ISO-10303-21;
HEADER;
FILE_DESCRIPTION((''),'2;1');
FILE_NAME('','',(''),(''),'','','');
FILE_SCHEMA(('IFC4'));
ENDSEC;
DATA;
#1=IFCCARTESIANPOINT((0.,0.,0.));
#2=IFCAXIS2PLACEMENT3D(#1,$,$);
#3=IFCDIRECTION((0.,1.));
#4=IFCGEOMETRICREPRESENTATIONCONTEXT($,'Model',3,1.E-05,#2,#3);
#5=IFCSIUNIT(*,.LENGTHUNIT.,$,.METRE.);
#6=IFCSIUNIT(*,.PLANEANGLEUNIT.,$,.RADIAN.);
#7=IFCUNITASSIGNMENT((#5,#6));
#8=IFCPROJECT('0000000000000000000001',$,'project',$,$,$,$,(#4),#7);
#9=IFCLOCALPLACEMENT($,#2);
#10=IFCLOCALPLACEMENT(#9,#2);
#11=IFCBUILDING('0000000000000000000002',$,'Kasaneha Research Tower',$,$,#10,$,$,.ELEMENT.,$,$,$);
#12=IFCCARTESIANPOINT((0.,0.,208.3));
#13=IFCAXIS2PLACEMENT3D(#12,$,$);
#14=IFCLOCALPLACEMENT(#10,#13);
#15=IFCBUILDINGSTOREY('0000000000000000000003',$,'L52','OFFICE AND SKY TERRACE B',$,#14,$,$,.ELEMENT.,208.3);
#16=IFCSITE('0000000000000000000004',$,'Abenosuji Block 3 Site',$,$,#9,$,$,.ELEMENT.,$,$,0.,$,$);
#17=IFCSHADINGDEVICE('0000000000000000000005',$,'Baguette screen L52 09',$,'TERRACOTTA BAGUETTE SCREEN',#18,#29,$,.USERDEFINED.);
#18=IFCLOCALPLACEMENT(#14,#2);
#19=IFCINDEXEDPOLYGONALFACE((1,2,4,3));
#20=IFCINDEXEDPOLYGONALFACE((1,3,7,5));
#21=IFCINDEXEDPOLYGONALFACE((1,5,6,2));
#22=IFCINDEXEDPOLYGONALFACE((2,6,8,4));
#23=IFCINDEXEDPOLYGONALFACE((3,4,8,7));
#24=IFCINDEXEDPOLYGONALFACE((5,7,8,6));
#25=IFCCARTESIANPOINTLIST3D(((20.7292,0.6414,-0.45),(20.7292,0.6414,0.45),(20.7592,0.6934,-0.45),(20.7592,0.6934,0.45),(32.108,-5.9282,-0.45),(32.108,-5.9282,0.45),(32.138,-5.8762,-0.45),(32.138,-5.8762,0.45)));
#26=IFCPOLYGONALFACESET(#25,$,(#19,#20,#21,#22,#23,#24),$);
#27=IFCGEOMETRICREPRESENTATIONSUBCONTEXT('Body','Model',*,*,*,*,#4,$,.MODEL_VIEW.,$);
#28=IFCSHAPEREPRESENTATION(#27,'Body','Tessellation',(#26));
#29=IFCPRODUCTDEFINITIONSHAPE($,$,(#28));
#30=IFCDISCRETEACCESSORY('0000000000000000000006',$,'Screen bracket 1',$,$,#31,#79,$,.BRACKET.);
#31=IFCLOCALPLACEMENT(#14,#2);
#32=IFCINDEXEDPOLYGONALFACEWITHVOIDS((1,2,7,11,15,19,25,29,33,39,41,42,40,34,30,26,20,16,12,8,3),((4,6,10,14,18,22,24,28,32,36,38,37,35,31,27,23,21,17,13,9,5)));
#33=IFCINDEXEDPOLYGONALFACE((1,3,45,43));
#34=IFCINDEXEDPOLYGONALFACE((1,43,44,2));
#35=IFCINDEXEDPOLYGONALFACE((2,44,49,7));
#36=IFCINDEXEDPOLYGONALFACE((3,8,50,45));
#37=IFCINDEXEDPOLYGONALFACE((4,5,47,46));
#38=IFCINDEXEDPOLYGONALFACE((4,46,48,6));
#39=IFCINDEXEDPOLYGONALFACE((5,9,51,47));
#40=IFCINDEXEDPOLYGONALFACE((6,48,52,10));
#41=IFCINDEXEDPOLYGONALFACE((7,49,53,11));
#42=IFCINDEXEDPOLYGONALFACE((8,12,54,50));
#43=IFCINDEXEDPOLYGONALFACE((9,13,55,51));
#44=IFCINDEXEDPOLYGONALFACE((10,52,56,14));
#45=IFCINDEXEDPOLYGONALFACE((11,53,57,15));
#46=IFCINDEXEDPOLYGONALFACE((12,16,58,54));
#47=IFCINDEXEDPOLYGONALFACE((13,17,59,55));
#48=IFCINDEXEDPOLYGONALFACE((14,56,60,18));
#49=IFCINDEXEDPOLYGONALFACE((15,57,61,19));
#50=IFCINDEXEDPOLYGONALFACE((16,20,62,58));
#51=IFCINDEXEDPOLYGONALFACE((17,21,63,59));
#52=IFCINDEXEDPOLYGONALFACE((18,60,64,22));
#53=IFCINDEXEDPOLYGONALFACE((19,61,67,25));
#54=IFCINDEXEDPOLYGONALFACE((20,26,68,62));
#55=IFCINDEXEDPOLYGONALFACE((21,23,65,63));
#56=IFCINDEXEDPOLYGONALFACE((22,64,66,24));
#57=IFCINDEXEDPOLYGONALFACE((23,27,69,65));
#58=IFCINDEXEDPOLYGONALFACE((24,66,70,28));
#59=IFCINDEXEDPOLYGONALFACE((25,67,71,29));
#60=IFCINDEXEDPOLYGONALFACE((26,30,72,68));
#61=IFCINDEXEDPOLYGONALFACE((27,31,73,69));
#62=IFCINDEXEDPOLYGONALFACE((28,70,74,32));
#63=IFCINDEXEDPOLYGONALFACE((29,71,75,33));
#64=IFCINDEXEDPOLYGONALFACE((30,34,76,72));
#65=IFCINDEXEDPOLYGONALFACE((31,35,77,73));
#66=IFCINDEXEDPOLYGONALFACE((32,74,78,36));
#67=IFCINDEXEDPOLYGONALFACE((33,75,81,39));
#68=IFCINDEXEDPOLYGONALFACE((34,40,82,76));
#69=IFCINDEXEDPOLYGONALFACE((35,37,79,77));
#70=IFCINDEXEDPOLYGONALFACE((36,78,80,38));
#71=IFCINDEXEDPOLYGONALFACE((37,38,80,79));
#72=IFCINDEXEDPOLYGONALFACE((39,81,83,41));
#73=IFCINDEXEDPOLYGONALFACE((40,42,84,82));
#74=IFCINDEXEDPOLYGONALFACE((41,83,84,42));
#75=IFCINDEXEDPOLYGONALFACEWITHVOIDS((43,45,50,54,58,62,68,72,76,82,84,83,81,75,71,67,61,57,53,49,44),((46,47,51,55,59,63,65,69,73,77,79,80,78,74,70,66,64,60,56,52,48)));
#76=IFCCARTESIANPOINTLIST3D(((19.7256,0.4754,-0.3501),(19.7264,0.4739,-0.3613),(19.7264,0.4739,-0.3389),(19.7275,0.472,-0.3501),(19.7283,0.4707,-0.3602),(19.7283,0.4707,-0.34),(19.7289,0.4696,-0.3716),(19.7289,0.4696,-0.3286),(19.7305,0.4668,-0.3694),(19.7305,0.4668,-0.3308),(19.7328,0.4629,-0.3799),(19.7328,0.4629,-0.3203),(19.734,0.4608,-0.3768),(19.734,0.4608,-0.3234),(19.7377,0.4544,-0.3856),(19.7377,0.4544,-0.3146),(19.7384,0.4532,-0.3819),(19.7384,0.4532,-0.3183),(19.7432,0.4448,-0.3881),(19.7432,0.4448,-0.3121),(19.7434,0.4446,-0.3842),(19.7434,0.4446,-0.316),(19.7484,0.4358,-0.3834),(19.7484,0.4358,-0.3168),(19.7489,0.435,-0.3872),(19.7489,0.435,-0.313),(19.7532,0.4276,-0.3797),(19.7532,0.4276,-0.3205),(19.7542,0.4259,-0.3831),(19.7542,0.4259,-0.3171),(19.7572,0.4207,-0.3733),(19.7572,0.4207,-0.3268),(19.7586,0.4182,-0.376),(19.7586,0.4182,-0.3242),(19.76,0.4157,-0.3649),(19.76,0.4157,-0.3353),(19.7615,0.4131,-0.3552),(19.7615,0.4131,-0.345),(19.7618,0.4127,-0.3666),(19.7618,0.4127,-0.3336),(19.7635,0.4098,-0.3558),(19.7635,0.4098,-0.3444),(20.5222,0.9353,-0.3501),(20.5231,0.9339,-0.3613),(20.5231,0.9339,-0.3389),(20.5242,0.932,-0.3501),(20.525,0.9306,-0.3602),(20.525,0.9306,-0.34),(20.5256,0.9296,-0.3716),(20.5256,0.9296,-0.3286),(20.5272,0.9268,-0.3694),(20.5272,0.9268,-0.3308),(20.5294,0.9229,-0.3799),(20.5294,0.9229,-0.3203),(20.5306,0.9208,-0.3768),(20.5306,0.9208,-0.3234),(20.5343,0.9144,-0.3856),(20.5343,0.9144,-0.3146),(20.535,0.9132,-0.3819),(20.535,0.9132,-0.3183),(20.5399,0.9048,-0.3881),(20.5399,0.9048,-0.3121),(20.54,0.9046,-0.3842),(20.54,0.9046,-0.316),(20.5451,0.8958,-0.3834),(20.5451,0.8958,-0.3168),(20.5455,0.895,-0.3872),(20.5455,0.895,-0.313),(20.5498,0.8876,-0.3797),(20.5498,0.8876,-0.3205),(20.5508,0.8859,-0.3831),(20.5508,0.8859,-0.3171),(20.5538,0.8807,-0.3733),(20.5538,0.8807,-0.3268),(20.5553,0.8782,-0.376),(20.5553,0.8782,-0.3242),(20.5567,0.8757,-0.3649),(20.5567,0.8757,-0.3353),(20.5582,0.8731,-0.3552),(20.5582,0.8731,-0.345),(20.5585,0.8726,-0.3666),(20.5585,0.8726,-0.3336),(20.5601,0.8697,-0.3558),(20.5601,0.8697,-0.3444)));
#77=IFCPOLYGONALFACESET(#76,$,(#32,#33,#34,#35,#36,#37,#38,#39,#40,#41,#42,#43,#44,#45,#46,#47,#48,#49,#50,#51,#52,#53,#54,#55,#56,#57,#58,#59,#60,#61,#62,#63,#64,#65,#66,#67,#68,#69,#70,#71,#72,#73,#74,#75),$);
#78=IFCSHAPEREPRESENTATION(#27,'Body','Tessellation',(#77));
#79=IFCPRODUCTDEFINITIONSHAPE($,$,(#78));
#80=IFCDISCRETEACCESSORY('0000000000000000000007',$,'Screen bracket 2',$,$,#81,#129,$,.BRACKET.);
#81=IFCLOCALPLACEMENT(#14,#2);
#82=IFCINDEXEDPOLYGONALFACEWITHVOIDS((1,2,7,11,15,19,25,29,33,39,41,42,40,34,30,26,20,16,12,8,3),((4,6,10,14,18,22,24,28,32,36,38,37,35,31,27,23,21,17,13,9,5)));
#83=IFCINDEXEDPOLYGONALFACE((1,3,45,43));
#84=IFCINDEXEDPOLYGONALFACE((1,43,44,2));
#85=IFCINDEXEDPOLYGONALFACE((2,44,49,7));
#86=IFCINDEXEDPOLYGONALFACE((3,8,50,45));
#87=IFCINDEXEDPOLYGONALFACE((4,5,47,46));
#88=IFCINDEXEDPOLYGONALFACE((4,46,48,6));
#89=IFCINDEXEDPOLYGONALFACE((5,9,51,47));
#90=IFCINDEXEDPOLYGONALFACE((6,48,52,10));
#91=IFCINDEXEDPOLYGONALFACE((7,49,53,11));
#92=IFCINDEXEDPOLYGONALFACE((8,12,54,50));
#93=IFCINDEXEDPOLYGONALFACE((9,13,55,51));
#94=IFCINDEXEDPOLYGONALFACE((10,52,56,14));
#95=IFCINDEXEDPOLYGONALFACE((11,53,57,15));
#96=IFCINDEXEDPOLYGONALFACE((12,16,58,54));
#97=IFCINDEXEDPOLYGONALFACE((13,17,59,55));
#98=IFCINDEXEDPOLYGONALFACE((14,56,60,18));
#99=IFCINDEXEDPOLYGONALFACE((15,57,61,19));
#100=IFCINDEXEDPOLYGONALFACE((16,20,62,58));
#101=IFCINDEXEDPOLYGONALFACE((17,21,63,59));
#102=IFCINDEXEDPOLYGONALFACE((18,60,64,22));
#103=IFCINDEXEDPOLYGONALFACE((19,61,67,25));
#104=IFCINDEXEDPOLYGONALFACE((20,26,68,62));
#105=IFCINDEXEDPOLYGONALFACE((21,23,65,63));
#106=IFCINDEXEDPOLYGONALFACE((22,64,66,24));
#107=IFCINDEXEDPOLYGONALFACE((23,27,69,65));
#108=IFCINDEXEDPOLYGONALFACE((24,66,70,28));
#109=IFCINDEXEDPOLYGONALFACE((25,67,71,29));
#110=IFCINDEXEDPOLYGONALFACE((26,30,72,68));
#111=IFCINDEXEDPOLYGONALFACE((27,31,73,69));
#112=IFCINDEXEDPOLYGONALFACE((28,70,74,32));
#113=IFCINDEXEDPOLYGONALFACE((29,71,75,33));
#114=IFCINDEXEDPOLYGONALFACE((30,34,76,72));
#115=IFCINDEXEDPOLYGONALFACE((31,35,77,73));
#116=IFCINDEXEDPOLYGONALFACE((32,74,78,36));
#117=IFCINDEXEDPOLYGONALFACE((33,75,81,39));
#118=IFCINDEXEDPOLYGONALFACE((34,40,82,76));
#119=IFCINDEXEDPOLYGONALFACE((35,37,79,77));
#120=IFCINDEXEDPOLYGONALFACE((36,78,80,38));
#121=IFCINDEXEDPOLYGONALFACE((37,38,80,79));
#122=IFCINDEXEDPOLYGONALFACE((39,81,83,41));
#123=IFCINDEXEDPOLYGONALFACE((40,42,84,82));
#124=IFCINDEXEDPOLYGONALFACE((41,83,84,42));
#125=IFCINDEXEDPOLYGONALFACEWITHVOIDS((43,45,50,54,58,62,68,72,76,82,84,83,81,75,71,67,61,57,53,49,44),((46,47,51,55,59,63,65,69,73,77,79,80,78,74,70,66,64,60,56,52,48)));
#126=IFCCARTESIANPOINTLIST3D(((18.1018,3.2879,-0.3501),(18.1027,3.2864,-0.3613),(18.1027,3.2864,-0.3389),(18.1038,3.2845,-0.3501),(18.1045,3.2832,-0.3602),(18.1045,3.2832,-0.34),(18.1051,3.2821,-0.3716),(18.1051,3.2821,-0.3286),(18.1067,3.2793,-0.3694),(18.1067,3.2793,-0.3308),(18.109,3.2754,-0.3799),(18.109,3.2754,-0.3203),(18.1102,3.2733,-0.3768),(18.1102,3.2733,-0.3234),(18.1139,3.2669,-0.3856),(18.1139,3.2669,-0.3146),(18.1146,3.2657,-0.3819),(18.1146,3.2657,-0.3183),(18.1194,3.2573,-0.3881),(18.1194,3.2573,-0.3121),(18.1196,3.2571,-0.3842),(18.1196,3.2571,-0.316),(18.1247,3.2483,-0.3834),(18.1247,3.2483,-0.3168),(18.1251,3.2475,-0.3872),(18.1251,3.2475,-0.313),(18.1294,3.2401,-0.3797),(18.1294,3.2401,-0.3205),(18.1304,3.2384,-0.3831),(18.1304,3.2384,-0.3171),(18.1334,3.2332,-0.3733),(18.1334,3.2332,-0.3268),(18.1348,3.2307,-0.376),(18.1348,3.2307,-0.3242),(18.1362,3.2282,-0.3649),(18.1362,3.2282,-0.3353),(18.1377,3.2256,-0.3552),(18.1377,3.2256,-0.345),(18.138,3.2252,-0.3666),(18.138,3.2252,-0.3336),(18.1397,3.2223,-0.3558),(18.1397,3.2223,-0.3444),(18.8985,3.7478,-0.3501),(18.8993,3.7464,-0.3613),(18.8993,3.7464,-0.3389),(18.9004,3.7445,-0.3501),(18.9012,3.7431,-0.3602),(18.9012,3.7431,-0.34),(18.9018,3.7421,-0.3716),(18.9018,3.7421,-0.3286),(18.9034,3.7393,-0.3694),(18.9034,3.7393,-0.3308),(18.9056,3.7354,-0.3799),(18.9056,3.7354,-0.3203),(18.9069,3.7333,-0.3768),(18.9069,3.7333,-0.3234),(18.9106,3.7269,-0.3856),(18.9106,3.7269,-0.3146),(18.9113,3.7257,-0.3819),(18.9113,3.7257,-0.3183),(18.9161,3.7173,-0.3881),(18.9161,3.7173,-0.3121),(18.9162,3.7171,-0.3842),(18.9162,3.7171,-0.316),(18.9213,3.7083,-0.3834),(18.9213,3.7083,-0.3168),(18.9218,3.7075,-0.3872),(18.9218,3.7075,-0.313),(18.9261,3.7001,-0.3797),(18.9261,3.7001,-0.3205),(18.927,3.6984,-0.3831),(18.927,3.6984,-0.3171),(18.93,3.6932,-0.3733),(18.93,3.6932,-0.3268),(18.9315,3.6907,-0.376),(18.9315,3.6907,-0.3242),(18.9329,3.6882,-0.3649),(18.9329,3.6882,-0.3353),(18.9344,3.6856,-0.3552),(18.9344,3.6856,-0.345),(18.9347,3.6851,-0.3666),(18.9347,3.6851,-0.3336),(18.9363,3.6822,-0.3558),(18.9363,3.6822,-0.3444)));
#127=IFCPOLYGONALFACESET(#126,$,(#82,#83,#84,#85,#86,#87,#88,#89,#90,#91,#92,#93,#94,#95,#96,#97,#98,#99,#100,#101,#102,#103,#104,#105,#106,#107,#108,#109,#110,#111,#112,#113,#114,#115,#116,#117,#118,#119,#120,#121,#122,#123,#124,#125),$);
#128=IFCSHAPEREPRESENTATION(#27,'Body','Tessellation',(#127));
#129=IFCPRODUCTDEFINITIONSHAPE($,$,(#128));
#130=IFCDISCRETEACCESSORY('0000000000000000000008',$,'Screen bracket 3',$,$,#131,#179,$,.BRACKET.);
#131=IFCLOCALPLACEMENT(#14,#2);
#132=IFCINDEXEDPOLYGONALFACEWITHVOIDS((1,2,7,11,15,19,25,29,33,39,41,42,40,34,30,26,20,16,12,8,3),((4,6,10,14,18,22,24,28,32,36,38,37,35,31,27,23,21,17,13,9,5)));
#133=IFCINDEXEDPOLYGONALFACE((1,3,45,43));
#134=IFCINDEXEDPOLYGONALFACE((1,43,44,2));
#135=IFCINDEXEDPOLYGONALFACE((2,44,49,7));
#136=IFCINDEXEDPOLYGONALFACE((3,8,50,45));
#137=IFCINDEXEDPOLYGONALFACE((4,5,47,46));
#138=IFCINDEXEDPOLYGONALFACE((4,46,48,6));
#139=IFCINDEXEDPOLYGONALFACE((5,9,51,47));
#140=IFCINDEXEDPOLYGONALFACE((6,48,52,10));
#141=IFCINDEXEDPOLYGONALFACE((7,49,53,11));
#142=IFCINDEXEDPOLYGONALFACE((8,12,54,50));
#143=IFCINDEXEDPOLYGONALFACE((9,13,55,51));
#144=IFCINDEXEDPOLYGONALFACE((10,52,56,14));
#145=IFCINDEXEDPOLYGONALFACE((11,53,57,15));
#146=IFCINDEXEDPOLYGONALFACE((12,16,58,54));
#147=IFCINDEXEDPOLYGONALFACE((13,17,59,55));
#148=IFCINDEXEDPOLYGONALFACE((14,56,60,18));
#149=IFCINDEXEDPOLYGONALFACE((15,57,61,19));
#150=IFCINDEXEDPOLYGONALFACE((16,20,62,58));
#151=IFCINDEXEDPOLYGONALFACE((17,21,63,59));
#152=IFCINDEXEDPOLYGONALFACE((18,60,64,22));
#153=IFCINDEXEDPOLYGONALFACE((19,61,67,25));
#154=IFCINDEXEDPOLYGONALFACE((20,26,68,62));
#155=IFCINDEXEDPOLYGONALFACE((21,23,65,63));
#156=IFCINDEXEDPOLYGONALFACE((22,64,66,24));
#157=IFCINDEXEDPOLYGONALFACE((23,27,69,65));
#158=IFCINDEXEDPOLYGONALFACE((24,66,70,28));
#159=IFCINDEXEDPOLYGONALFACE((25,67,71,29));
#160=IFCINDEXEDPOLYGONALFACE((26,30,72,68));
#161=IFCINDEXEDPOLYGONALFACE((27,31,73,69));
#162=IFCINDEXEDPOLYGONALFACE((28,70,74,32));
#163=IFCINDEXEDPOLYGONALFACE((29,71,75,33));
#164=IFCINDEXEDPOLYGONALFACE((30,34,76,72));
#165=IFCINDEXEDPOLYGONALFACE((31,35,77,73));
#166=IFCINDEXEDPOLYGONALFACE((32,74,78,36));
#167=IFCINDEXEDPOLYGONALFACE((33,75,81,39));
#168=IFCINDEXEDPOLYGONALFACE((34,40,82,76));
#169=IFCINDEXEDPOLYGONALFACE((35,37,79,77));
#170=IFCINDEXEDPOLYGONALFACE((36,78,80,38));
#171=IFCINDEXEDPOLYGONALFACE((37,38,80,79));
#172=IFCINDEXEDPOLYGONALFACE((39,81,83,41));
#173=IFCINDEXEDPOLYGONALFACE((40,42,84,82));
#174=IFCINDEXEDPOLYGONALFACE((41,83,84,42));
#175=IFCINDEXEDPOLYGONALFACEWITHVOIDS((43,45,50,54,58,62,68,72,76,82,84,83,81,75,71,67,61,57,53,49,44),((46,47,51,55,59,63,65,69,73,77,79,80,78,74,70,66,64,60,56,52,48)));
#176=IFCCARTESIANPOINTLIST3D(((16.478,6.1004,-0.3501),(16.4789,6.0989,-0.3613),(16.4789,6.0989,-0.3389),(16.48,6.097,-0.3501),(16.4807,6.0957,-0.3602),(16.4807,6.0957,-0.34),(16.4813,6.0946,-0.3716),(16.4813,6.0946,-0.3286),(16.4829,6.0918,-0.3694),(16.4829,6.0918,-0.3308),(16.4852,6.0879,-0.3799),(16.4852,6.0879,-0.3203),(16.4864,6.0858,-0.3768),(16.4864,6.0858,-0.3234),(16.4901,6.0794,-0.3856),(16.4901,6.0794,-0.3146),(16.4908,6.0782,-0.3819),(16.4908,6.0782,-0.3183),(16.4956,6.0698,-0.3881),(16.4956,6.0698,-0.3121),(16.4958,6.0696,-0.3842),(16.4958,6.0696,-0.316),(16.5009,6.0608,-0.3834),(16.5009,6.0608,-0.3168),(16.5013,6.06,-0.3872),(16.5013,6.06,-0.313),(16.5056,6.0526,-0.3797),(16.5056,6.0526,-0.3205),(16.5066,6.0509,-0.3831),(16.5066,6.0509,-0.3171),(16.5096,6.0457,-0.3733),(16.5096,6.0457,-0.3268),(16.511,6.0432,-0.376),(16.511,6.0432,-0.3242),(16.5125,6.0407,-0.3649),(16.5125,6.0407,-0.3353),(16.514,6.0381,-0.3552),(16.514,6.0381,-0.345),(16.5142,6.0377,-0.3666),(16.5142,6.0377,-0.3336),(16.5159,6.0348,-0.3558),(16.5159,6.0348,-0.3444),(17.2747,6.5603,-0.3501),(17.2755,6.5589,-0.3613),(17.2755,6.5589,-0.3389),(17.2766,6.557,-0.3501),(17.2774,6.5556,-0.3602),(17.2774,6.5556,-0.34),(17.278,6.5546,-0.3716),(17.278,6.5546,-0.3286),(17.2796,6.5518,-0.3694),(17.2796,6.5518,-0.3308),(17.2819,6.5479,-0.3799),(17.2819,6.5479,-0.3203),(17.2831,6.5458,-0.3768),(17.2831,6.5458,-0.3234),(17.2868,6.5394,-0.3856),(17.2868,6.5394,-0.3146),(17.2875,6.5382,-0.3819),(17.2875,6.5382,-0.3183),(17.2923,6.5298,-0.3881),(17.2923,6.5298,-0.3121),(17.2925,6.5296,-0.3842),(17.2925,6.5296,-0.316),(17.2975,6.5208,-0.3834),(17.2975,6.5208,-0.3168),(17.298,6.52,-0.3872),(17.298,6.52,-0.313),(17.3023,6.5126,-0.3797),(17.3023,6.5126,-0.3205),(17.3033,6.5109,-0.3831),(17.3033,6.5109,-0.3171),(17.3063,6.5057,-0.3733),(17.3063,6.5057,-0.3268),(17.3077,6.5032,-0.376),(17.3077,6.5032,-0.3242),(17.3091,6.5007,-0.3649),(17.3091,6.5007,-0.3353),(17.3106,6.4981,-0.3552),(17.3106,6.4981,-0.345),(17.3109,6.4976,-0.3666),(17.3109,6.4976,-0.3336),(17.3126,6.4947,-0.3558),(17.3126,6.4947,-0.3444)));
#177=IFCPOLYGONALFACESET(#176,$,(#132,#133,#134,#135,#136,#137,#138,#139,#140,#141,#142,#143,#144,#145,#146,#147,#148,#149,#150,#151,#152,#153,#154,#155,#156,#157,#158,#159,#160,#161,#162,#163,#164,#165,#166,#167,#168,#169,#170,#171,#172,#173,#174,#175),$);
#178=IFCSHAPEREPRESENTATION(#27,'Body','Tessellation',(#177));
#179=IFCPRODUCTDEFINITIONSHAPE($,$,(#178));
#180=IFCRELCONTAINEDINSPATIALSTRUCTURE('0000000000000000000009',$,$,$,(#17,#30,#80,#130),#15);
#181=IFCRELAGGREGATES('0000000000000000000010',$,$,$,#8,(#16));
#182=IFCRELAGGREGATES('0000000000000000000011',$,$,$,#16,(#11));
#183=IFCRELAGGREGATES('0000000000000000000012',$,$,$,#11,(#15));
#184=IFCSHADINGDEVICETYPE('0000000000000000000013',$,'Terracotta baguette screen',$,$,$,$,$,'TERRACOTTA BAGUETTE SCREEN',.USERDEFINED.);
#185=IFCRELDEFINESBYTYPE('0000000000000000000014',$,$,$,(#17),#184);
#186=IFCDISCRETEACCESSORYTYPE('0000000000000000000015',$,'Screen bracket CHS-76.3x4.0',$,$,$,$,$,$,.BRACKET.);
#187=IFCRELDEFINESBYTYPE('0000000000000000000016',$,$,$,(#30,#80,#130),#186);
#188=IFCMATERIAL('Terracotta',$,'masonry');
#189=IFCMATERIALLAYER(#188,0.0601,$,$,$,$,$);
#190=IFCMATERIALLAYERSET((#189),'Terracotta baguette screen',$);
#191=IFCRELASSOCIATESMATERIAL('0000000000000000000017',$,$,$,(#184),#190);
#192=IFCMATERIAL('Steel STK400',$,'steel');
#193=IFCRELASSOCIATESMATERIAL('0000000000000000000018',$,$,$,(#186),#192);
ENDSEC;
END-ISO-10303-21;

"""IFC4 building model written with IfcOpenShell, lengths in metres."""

from ifc_helpers import new_model, si_unit, direction, frame, origin, origin_2d, place, context, subcontext, project, spatial, rectangle, hollow_circle, extrude, material, layer, layer_set, material_profile, profile_set, type_object, element, save


model = new_model("IFC4")

# Units and contexts
model_context = context("Model", 3, precision=1e-05, world=origin(), true_north=direction((0.0, 1.0)))
body_context = subcontext(model_context, "Body", "Model", "MODEL_VIEW")
ifc_project = project(units=[si_unit("LENGTHUNIT", "METRE"), si_unit("PLANEANGLEUNIT", "RADIAN")], contexts=[model_context])

# Site, building, storey
site_placement = place(None, origin())
site = spatial("IfcSite", under=ifc_project, at=site_placement, Name="Abenosuji Block 3 Site", CompositionType="ELEMENT", RefElevation=0.0)
building_placement = place(site_placement, origin())
building = spatial("IfcBuilding", under=site, at=building_placement, Name="Kasaneha Research Tower", CompositionType="ELEMENT")
storey_placement = place(building_placement, frame((0.0, 0.0, 208.3)))
storey = spatial("IfcBuildingStorey", under=building, at=storey_placement, Name="L52", Description="OFFICE AND SKY TERRACE B", CompositionType="ELEMENT", Elevation=208.3)

# Shading device
ifc_material_1 = material(Name="Terracotta", Category="masonry")
ifc_layer = layer(ifc_material_1, 0.0601)
ifc_layer_set = layer_set([ifc_layer], Name="Terracotta baguette screen")
shading_device_type = type_object("IfcShadingDeviceType", Name="Terracotta baguette screen", ElementType="TERRACOTTA BAGUETTE SCREEN", PredefinedType="USERDEFINED", material=ifc_layer_set)
shading_device_1_placement = place(storey_placement, frame((26.4336, -2.6174, -0.45), z_axis=(0.0, 0.0, 1.0), x_axis=(-0.866025, 0.5, 0.0)))
element("IfcShadingDevice", 1, at=shading_device_1_placement, inside=storey, type_object=shading_device_type, Name="Baguette screen L52 09", ObjectType="TERRACOTTA BAGUETTE SCREEN", PredefinedType="USERDEFINED", context=body_context, shape_type="SweptSolid", body=[
    extrude(rectangle(XDim=13.1392, YDim=0.0601, at=origin_2d()), origin(), (0.0, 0.0, 1.0), 0.8999),
])

# Discrete accessories
ifc_material_2 = material(Name="Steel STK400", Category="steel")
ifc_material_profile_1 = material_profile(ifc_material_2, hollow_circle(Radius=0.0381, WallThickness=0.0039, at=origin_2d()), Name="CHS-76.3x4.0")
ifc_profile_set_1 = profile_set([ifc_material_profile_1], Name="Steel STK400")
discrete_accessory_type = type_object("IfcDiscreteAccessoryType", Name="Screen bracket CHS-76.3x4.0", PredefinedType="BRACKET", material=ifc_profile_set_1)
for number, where, z_axis, x_axis, name in (
    (2, (19.7446, 0.4424, -0.3501), (0.866013, 0.500021, 0.0), (-0.500021, 0.866013, 0.0), "Screen bracket 1"),
    (3, (18.1208, 3.2549, -0.3501), (0.866013, 0.500021, 0.0), (-0.500021, 0.866013, 0.0), "Screen bracket 2"),
    (4, (16.4971, 6.0674, -0.3501), (0.866013, 0.500021, 0.0), (-0.500021, 0.866013, 0.0), "Screen bracket 3"),
):
    element("IfcDiscreteAccessory", number, at=place(storey_placement, frame(where, z_axis=z_axis, x_axis=x_axis)), inside=storey, type_object=discrete_accessory_type, Name=name, PredefinedType="BRACKET", context=body_context, shape_type="SweptSolid", body=[
        extrude(hollow_circle(Radius=0.0381, WallThickness=0.0039, at=origin_2d()), origin(), (0.0, 0.0, 1.0), 0.9199),
    ])

save(model, "model.ifc")
